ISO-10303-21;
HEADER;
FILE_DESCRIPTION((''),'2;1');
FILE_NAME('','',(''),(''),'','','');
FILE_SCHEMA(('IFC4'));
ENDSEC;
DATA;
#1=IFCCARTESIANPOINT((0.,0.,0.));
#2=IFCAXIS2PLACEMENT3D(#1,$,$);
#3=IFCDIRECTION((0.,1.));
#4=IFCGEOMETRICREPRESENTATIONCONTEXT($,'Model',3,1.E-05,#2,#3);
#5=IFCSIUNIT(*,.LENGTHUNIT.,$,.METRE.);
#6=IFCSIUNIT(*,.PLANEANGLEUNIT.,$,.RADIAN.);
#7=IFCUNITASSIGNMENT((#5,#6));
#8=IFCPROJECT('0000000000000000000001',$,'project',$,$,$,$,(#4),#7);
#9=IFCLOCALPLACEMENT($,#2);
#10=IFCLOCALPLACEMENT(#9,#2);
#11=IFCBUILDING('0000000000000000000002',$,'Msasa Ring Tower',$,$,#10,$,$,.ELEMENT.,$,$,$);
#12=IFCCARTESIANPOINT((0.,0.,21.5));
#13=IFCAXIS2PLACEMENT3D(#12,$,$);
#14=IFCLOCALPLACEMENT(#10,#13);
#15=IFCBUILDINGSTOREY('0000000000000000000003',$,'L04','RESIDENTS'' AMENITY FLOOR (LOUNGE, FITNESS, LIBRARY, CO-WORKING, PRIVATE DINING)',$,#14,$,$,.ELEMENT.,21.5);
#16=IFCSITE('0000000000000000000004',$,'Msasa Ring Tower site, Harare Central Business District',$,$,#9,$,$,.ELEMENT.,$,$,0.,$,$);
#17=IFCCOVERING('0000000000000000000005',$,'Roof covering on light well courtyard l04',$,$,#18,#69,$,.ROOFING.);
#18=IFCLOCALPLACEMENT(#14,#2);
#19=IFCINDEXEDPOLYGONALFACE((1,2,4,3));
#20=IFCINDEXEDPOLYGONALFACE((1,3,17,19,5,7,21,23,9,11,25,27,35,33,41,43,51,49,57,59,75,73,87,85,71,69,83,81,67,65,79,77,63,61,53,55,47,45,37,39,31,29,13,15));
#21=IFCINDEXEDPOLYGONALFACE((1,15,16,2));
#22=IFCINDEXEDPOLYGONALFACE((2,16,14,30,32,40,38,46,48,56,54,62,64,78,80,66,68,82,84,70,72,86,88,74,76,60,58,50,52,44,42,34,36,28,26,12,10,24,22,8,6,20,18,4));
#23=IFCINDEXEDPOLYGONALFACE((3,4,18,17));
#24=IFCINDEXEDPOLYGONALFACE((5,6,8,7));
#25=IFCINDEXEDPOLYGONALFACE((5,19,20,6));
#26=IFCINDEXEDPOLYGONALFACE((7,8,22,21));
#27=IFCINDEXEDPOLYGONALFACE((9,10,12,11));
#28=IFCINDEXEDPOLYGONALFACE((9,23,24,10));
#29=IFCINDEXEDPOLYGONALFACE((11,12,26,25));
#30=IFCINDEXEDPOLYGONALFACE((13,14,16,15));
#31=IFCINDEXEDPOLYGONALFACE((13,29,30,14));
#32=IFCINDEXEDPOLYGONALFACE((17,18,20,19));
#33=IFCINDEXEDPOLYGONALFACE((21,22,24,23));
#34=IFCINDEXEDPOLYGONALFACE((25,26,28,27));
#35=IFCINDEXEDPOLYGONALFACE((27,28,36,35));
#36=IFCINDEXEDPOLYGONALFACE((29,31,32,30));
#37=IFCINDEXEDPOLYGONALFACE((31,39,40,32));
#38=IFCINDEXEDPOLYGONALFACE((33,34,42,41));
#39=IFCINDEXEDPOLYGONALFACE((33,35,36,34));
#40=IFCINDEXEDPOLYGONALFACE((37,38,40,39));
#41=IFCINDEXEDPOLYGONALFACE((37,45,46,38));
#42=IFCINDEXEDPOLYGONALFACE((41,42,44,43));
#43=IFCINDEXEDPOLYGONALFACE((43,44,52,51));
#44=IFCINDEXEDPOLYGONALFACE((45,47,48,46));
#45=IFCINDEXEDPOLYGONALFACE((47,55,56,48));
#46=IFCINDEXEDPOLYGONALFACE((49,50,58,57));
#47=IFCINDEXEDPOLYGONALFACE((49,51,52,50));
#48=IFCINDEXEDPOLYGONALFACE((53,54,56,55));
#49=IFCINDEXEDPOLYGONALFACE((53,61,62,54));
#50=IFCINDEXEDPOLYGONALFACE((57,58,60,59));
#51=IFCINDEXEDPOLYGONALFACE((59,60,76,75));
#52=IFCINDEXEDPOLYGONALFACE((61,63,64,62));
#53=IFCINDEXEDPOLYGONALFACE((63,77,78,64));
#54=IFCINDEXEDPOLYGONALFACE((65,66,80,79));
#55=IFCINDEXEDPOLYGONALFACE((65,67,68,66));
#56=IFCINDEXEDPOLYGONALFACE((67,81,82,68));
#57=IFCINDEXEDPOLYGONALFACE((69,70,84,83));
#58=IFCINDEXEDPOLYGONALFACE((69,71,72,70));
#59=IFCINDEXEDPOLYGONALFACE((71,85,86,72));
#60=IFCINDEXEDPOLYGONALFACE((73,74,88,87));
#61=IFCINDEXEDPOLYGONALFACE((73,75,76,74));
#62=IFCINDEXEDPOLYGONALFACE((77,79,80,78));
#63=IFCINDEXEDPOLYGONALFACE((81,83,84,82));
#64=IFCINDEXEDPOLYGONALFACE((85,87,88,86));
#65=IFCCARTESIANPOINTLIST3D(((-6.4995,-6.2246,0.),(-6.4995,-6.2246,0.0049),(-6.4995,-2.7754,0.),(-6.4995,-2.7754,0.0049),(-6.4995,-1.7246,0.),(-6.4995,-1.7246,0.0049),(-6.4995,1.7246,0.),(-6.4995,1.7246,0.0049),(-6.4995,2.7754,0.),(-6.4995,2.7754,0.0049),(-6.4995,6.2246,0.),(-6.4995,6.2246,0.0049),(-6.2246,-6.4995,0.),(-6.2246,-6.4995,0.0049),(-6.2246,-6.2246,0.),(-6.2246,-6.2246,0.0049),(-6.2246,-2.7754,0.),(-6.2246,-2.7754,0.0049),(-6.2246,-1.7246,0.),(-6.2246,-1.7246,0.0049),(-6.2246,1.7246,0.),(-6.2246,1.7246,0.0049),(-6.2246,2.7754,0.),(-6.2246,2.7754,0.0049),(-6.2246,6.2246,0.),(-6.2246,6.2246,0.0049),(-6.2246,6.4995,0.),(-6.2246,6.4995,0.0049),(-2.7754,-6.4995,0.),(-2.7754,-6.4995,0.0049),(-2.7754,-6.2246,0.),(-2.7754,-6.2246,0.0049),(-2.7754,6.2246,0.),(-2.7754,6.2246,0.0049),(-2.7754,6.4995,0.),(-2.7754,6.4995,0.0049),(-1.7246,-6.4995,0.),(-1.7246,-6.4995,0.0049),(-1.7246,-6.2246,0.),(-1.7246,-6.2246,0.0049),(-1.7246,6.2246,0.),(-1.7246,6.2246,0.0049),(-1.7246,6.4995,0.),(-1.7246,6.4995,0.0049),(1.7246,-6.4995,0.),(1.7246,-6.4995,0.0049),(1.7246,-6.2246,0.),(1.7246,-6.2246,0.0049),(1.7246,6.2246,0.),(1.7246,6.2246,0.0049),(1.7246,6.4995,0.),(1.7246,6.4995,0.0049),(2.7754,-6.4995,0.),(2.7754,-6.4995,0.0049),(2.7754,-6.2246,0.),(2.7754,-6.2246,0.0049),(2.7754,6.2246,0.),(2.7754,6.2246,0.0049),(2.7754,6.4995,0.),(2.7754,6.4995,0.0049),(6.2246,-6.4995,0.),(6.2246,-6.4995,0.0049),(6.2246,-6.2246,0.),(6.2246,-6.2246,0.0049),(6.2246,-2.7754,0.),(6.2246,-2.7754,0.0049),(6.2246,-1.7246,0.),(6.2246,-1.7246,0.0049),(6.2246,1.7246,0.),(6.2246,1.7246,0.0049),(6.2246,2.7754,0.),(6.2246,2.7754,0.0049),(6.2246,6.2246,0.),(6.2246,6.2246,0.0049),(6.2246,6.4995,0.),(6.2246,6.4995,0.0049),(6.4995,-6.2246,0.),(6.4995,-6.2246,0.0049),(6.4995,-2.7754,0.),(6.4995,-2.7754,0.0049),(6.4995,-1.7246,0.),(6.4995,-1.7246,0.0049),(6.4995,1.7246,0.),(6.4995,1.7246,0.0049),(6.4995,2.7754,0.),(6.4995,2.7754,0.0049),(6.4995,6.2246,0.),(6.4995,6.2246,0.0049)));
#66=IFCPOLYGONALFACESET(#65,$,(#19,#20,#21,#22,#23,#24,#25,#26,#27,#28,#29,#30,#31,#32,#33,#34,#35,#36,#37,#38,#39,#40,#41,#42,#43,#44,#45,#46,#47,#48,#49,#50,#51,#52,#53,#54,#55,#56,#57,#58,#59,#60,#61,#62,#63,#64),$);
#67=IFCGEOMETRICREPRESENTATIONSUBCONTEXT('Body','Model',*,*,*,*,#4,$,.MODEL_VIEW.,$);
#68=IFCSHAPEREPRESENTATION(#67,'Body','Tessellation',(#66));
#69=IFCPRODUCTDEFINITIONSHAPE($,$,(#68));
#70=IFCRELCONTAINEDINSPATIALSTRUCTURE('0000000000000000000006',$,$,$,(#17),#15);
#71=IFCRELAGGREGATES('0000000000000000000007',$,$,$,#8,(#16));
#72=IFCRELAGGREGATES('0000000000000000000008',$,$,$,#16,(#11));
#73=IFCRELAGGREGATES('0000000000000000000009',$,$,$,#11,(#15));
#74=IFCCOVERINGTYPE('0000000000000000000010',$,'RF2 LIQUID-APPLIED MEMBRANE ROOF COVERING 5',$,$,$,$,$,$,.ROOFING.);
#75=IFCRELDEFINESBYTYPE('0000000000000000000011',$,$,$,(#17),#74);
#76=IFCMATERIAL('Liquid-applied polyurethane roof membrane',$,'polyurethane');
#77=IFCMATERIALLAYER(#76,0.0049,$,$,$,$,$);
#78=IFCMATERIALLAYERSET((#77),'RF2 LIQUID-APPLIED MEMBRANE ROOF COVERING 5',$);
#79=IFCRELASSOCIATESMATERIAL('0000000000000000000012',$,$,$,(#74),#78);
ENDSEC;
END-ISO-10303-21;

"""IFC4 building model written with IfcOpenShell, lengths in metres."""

from ifc_helpers import new_model, si_unit, direction, frame, origin, place, context, subcontext, project, spatial, line, indexed_curve, outline, extrude, material, layer, layer_set, type_object, element, save


model = new_model("IFC4")

# Units and contexts
model_context = context("Model", 3, precision=1e-05, world=origin(), true_north=direction((0.0, 1.0)))
body_context = subcontext(model_context, "Body", "Model", "MODEL_VIEW")
ifc_project = project(units=[si_unit("LENGTHUNIT", "METRE"), si_unit("PLANEANGLEUNIT", "RADIAN")], contexts=[model_context])

# Site, building, storey
site_placement = place(None, origin())
site = spatial("IfcSite", under=ifc_project, at=site_placement, Name="Msasa Ring Tower site, Harare Central Business District", CompositionType="ELEMENT", RefElevation=0.0)
building_placement = place(site_placement, origin())
building = spatial("IfcBuilding", under=site, at=building_placement, Name="Msasa Ring Tower", CompositionType="ELEMENT")
storey_placement = place(building_placement, frame((0.0, 0.0, 21.5)))
storey = spatial("IfcBuildingStorey", under=building, at=storey_placement, Name="L04", Description="RESIDENTS' AMENITY FLOOR (LOUNGE, FITNESS, LIBRARY, CO-WORKING, PRIVATE DINING)", CompositionType="ELEMENT", Elevation=21.5)

# Covering
ifc_material_1 = material(Name="Liquid-applied polyurethane roof membrane", Category="polyurethane")
ifc_layer_1 = layer(ifc_material_1, 0.0049)
ifc_layer_set_1 = layer_set([ifc_layer_1], Name="RF2 LIQUID-APPLIED MEMBRANE ROOF COVERING 5")
covering_type_1 = type_object("IfcCoveringType", Name="RF2 LIQUID-APPLIED MEMBRANE ROOF COVERING 5", PredefinedType="ROOFING", material=ifc_layer_set_1)
covering_1_placement = place(storey_placement, origin())
element("IfcCovering", 1, at=covering_1_placement, inside=storey, type_object=covering_type_1, Name="Roof covering on light well courtyard l04", PredefinedType="ROOFING", context=body_context, shape_type="SweptSolid", body=[
    extrude(outline(indexed_curve([(-6.4995, -2.7754), (-6.2246, -2.7754), (-6.2246, -1.7246), (-6.4995, -1.7246), (-6.4995, 1.7246), (-6.2246, 1.7246), (-6.2246, 2.7754), (-6.4995, 2.7754), (-6.4995, 6.2246), (-6.2246, 6.2246), (-6.2246, 6.4995), (-2.7754, 6.4995), (-2.7754, 6.2246), (-1.7246, 6.2246), (-1.7246, 6.4995), (1.7246, 6.4995), (1.7246, 6.2246), (2.7754, 6.2246), (2.7754, 6.4995), (6.2246, 6.4995), (6.2246, 6.2246), (6.4995, 6.2246), (6.4995, 2.7754), (6.2246, 2.7754), (6.2246, 1.7246), (6.4995, 1.7246), (6.4995, -1.7246), (6.2246, -1.7246), (6.2246, -2.7754), (6.4995, -2.7754), (6.4995, -6.2246), (6.2246, -6.2246), (6.2246, -6.4995), (2.7754, -6.4995), (2.7754, -6.2246), (1.7246, -6.2246), (1.7246, -6.4995), (-1.7246, -6.4995), (-1.7246, -6.2246), (-2.7754, -6.2246), (-2.7754, -6.4995), (-6.2246, -6.4995), (-6.2246, -6.2246), (-6.4995, -6.2246)], segments=[line(1, 2, 3, 4, 5, 6, 7, 8, 9, 10, 11, 12, 13, 14, 15, 16, 17, 18, 19, 20, 21, 22, 23, 24, 25, 26, 27, 28, 29, 30, 31, 32, 33, 34, 35, 36, 37, 38, 39, 40, 41, 42, 43, 44, 1)], self_intersect=False)), origin(), (0.0, 0.0, 1.0), 0.0049),
])

save(model, "model.ifc")
